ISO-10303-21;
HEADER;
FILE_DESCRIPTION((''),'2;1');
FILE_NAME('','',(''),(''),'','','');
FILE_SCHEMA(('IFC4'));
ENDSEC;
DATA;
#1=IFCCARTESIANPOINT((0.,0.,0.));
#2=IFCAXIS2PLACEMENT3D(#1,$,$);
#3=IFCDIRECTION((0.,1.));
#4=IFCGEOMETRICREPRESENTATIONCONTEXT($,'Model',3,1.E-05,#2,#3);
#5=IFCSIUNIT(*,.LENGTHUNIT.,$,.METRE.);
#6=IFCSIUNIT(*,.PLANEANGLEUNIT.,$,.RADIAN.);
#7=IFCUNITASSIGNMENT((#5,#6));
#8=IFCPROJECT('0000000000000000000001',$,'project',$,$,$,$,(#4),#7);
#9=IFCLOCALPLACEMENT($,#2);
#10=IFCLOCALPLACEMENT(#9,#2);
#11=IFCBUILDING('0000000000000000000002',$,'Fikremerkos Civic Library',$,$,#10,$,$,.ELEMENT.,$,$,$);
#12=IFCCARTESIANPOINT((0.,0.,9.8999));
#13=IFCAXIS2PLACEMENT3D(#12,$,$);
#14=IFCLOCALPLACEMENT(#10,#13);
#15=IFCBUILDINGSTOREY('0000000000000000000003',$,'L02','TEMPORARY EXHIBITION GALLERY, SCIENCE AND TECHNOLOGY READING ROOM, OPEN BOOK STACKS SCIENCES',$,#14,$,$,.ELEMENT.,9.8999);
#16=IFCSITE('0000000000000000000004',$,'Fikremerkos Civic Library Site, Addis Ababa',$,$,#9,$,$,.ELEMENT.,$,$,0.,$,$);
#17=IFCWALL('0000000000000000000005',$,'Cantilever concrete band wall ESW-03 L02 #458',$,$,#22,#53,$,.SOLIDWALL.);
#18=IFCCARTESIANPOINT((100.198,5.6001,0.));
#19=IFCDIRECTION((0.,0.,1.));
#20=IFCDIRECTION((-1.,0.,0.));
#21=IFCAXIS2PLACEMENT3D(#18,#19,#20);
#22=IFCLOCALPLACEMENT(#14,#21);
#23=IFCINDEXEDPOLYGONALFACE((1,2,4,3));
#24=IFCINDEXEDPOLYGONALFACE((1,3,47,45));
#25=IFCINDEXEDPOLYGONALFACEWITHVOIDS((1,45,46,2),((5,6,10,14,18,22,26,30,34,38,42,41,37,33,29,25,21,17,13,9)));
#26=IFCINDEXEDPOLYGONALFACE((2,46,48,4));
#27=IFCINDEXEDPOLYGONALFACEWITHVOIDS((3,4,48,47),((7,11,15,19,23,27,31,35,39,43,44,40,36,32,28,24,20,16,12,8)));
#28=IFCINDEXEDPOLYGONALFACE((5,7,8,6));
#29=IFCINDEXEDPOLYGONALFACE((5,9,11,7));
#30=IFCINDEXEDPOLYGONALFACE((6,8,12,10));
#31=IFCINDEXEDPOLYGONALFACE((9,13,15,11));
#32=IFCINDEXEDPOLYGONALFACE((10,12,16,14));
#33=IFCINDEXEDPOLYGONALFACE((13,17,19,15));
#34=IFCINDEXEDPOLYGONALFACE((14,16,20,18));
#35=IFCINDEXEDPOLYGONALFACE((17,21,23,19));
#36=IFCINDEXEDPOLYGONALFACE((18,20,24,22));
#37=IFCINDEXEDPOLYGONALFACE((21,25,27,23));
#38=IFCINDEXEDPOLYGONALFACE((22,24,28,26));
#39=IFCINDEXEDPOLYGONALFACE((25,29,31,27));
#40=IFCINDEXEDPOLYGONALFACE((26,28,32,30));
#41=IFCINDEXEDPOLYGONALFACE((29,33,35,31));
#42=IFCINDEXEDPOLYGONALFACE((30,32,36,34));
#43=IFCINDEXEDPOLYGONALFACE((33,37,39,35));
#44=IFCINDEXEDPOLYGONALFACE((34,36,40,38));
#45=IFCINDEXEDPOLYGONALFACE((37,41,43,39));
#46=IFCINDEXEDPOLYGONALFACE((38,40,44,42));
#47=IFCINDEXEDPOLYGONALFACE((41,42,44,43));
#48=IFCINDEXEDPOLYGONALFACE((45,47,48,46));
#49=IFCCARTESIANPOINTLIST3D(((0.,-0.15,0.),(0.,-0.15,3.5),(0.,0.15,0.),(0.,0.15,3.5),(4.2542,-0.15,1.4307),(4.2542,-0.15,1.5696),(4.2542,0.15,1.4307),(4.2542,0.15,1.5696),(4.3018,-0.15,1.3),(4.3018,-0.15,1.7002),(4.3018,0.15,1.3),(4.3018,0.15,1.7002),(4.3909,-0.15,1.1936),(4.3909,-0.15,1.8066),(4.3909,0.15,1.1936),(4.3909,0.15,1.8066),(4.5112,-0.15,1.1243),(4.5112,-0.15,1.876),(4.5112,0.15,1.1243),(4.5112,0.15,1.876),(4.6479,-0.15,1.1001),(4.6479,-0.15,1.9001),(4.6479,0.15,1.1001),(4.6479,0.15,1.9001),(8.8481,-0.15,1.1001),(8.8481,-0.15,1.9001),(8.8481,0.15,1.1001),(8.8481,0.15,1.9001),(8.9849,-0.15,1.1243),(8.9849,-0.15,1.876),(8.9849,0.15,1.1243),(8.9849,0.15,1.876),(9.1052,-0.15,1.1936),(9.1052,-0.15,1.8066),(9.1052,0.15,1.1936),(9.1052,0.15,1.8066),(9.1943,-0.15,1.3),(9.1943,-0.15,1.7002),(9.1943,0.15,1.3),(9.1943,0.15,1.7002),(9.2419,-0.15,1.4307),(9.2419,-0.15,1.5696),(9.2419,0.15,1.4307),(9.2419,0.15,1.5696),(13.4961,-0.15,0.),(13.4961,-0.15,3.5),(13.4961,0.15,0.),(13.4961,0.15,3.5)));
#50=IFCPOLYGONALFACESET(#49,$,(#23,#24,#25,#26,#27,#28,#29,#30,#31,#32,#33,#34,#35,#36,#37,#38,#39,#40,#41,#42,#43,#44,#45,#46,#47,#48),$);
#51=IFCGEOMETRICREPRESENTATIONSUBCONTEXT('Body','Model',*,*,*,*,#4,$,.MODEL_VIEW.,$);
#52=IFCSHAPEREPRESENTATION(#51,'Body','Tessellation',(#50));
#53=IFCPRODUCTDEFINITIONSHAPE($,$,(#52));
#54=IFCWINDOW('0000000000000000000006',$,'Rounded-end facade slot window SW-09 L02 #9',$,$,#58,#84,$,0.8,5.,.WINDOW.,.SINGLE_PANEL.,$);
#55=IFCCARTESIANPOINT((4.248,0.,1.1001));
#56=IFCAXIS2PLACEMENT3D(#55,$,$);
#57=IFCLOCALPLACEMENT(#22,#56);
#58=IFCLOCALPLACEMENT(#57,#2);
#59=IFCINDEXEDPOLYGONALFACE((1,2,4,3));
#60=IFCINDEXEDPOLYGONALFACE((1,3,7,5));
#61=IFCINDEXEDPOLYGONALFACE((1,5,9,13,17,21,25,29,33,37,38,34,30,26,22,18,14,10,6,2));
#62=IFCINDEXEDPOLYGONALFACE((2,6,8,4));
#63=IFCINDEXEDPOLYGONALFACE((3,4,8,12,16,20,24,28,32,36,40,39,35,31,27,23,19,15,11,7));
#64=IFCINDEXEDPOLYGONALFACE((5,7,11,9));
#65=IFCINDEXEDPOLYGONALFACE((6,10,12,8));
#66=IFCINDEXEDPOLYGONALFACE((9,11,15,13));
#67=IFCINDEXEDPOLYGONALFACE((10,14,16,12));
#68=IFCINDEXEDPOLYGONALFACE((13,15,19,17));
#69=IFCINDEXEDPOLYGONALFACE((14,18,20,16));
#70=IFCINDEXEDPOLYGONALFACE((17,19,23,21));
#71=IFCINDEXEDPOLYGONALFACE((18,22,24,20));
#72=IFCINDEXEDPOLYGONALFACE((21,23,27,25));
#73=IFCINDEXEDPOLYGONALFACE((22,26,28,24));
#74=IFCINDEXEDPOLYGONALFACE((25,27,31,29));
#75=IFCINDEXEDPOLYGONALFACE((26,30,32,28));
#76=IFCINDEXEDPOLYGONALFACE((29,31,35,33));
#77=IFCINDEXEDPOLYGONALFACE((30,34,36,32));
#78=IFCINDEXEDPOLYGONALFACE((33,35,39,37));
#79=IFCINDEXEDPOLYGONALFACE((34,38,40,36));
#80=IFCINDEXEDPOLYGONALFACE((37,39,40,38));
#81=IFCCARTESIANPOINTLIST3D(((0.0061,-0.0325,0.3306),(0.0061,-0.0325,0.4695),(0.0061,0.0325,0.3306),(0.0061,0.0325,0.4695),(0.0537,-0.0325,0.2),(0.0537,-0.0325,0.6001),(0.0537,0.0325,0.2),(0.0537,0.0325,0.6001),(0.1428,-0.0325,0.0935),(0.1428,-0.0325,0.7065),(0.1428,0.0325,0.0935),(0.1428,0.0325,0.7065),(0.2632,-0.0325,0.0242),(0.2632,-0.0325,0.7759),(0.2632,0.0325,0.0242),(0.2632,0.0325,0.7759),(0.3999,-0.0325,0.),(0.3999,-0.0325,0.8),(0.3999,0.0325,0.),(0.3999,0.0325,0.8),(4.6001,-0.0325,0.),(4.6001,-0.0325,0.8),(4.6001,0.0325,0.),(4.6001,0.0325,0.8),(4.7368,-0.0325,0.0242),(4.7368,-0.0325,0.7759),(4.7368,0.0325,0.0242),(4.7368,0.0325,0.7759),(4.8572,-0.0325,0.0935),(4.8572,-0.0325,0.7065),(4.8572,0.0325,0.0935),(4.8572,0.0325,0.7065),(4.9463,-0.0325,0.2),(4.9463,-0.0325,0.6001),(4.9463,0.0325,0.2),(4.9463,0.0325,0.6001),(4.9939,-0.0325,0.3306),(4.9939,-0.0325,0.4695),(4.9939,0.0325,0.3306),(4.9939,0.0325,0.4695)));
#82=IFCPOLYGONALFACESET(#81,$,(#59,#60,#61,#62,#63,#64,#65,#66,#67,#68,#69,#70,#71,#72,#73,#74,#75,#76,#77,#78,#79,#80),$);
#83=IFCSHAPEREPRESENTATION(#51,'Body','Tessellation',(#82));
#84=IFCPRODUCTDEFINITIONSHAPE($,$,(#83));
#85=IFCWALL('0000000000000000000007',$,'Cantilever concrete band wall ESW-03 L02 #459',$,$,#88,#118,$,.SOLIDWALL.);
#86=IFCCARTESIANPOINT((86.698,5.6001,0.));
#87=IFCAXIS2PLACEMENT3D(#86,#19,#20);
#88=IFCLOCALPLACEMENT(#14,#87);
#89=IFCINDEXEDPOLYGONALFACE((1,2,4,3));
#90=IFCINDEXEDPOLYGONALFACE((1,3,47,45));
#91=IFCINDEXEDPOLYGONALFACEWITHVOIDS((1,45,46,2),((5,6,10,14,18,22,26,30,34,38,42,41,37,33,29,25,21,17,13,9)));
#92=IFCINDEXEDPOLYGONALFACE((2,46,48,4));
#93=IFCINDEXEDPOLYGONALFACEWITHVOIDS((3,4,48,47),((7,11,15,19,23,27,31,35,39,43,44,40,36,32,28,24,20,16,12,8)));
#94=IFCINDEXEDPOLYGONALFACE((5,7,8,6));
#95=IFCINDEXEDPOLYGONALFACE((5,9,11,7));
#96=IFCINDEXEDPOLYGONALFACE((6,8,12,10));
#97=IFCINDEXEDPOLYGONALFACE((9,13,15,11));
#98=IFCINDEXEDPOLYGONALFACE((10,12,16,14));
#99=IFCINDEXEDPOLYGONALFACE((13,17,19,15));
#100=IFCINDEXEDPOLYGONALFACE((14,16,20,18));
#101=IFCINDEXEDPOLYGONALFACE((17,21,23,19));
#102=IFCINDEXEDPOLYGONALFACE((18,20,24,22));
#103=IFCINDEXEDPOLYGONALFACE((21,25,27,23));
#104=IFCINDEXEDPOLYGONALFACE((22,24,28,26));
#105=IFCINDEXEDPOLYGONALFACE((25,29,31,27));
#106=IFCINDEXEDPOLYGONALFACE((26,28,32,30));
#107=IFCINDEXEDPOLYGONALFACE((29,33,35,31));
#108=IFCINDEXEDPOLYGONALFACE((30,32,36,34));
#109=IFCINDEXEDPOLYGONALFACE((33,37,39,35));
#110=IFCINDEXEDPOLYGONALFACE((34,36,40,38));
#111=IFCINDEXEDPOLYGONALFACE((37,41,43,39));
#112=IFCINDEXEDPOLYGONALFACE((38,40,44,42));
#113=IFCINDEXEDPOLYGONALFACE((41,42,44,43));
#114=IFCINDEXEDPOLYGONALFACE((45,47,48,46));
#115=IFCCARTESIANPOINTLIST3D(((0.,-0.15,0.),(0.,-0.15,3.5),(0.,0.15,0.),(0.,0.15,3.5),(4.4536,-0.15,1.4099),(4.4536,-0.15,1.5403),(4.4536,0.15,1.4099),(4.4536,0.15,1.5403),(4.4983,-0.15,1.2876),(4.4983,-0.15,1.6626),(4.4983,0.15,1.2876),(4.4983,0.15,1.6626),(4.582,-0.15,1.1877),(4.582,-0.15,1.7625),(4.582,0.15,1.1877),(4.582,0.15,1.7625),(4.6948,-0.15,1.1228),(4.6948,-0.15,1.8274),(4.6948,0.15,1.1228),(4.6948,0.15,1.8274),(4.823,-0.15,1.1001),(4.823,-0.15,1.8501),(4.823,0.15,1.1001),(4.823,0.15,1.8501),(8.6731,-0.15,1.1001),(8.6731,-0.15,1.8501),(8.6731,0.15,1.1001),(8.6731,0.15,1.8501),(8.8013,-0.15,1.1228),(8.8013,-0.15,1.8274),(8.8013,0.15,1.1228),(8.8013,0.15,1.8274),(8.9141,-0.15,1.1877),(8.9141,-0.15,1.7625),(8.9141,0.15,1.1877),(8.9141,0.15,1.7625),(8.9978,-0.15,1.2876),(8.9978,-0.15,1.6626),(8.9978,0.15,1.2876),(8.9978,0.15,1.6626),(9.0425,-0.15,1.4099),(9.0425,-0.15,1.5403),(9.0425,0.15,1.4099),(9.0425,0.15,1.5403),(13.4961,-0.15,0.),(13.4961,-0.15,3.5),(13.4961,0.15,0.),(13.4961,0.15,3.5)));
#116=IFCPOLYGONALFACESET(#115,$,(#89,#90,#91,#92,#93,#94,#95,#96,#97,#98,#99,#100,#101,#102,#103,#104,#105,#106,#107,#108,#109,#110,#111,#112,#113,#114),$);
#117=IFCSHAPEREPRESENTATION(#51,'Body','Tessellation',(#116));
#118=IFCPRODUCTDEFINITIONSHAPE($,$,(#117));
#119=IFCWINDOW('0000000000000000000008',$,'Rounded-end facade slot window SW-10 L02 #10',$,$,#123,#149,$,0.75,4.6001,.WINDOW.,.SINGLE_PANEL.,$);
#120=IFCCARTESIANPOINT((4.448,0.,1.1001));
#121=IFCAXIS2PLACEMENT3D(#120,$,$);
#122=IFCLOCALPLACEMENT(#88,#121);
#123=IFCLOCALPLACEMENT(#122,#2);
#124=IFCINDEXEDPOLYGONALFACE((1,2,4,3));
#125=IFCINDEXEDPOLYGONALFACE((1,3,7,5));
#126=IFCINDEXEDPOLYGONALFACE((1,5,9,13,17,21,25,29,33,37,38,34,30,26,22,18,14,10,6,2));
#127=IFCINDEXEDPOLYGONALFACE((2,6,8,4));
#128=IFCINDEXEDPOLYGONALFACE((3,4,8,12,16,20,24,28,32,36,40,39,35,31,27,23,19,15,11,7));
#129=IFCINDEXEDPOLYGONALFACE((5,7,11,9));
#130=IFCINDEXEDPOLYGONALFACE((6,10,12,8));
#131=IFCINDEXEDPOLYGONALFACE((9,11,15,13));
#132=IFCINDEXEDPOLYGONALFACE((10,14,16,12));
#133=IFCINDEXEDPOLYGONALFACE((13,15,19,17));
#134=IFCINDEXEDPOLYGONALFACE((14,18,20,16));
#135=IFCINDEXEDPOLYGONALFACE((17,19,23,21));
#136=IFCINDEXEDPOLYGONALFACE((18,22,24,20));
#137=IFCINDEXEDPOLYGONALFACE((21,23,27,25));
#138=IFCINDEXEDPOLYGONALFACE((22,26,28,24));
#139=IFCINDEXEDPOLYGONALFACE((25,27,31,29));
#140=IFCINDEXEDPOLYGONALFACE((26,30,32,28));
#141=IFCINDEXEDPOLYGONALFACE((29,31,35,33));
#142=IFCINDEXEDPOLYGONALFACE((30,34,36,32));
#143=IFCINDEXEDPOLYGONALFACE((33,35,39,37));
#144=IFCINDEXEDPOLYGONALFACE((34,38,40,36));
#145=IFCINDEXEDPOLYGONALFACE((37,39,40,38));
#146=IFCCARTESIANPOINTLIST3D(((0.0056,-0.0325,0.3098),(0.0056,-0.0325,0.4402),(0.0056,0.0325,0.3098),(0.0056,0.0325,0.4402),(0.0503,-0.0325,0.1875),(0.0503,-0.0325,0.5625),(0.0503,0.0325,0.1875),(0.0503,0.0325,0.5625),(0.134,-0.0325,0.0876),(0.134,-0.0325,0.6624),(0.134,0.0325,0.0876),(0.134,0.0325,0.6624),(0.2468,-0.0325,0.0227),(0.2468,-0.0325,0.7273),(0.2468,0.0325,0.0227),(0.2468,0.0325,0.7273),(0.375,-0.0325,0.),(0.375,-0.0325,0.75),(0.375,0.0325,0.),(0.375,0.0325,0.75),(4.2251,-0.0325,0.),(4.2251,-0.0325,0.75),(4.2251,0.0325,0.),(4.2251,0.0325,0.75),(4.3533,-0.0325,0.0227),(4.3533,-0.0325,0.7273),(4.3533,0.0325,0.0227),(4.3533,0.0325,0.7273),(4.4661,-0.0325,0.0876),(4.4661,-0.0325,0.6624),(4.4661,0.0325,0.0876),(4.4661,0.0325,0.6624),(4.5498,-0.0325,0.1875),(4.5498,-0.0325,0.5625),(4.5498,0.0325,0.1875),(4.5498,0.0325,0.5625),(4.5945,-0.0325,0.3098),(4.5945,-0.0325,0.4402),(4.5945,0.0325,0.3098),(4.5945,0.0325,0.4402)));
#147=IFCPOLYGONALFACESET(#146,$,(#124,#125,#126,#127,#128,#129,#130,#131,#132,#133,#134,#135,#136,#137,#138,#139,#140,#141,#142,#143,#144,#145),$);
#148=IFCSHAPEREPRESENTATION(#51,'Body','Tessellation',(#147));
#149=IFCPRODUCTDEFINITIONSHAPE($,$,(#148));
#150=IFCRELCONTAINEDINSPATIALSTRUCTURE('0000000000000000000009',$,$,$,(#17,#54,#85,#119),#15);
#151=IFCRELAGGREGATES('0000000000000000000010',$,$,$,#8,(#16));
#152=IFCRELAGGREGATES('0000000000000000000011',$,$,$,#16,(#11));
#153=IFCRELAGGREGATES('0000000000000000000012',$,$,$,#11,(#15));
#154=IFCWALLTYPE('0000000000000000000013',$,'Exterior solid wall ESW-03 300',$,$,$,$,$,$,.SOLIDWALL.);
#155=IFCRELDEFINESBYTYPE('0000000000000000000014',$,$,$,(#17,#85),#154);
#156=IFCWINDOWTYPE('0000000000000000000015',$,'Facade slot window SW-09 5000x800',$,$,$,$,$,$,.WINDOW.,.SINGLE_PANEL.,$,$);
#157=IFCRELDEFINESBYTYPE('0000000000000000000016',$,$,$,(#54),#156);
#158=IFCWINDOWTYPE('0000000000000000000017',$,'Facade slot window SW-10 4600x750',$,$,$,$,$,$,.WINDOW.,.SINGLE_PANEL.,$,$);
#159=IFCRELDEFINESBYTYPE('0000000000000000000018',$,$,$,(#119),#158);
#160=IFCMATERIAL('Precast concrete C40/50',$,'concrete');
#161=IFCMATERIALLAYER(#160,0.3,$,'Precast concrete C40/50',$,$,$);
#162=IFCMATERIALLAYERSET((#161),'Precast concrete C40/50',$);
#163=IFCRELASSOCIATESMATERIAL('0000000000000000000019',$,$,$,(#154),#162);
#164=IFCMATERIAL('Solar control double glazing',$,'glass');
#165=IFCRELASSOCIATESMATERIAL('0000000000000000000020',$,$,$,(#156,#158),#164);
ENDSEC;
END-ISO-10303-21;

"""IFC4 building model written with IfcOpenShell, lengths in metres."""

from ifc_helpers import new_model, si_unit, direction, frame, frame_2d, origin, place, context, subcontext, project, spatial, polyline, rectangle, outline, extrude, material, layer, layer_set, type_object, element, fill, save


model = new_model("IFC4")

# Units and contexts
model_context = context("Model", 3, precision=1e-05, world=origin(), true_north=direction((0.0, 1.0)))
body_context = subcontext(model_context, "Body", "Model", "MODEL_VIEW")
ifc_project = project(units=[si_unit("LENGTHUNIT", "METRE"), si_unit("PLANEANGLEUNIT", "RADIAN")], contexts=[model_context])

# Site, building, storey
site_placement = place(None, origin())
site = spatial("IfcSite", under=ifc_project, at=site_placement, Name="Fikremerkos Civic Library Site, Addis Ababa", CompositionType="ELEMENT", RefElevation=0.0)
building_placement = place(site_placement, origin())
building = spatial("IfcBuilding", under=site, at=building_placement, Name="Fikremerkos Civic Library", CompositionType="ELEMENT")
storey_placement = place(building_placement, frame((0.0, 0.0, 9.8999)))
storey = spatial("IfcBuildingStorey", under=building, at=storey_placement, Name="L02", Description="TEMPORARY EXHIBITION GALLERY, SCIENCE AND TECHNOLOGY READING ROOM, OPEN BOOK STACKS SCIENCES", CompositionType="ELEMENT", Elevation=9.8999)

# Walls, openings, windows
ifc_material_1 = material(Name="Precast concrete C40/50", Category="concrete")
ifc_layer_1 = layer(ifc_material_1, 0.3, Name="Precast concrete C40/50")
ifc_layer_set_1 = layer_set([ifc_layer_1], Name="Precast concrete C40/50")
wall_type_1 = type_object("IfcWallType", Name="Exterior solid wall ESW-03 300", PredefinedType="SOLIDWALL", material=ifc_layer_set_1)
wall_1_placement = place(storey_placement, frame((100.198, 5.6001, 0.0), z_axis=(0.0, 0.0, 1.0), x_axis=(-1.0, 0.0, 0.0)))
wall_1 = element("IfcWall", 1, at=wall_1_placement, inside=storey, type_object=wall_type_1, Name="Cantilever concrete band wall ESW-03 L02 #458", PredefinedType="SOLIDWALL", context=body_context, shape_type="SweptSolid", body=[
    extrude(rectangle(XDim=13.4961, YDim=0.3, at=frame_2d((6.748, 0.0))), origin(), (0.0, 0.0, 1.0), 3.5),
])
opening_1_placement = place(wall_1_placement, frame((4.248, 0.0, 1.1001)))
opening_1 = element("IfcOpeningElement", 2, at=opening_1_placement, cuts=wall_1, PredefinedType="OPENING", context=body_context, shape_type="SweptSolid", body=[
    extrude(outline(polyline([(0.3999, 0.8), (0.2632, 0.7759), (0.1428, 0.7065), (0.0537, 0.6001), (0.0061, 0.4695), (0.0061, 0.3306), (0.0537, 0.2), (0.1428, 0.0935), (0.2632, 0.0242), (0.3999, 0.0), (4.6001, 0.0), (4.7368, 0.0242), (4.8572, 0.0935), (4.9463, 0.2), (4.9939, 0.3306), (4.9939, 0.4695), (4.9463, 0.6001), (4.8572, 0.7065), (4.7368, 0.7759), (4.6001, 0.8), (0.3999, 0.8)])), frame((0.0, 0.1599, 0.0), z_axis=(0.0, -1.0, 0.0), x_axis=(1.0, 0.0, 0.0)), (0.0, 0.0, 1.0), 0.3201),
])
ifc_material_2 = material(Name="Solar control double glazing", Category="glass")
window_type_1 = type_object("IfcWindowType", Name="Facade slot window SW-09 5000x800", PartitioningType="SINGLE_PANEL", PredefinedType="WINDOW", material=ifc_material_2)
window_1_placement = place(opening_1_placement, origin())
window_1 = element("IfcWindow", 3, at=window_1_placement, inside=storey, type_object=window_type_1, Name="Rounded-end facade slot window SW-09 L02 #9", OverallHeight=0.8, OverallWidth=5.0, PartitioningType="SINGLE_PANEL", PredefinedType="WINDOW", context=body_context, shape_type="SweptSolid", body=[
    extrude(outline(polyline([(0.3999, 0.8), (0.2632, 0.7759), (0.1428, 0.7065), (0.0537, 0.6001), (0.0061, 0.4695), (0.0061, 0.3306), (0.0537, 0.2), (0.1428, 0.0935), (0.2632, 0.0242), (0.3999, 0.0), (4.6001, 0.0), (4.7368, 0.0242), (4.8572, 0.0935), (4.9463, 0.2), (4.9939, 0.3306), (4.9939, 0.4695), (4.9463, 0.6001), (4.8572, 0.7065), (4.7368, 0.7759), (4.6001, 0.8), (0.3999, 0.8)])), frame((0.0, 0.0325, 0.0), z_axis=(0.0, -1.0, 0.0), x_axis=(1.0, 0.0, 0.0)), (0.0, 0.0, 1.0), 0.0649),
])
fill(opening_1, window_1)
wall_2_placement = place(storey_placement, frame((86.698, 5.6001, 0.0), z_axis=(0.0, 0.0, 1.0), x_axis=(-1.0, 0.0, 0.0)))
wall_2 = element("IfcWall", 4, at=wall_2_placement, inside=storey, type_object=wall_type_1, Name="Cantilever concrete band wall ESW-03 L02 #459", PredefinedType="SOLIDWALL", context=body_context, shape_type="SweptSolid", body=[
    extrude(rectangle(XDim=13.4961, YDim=0.3, at=frame_2d((6.748, 0.0))), origin(), (0.0, 0.0, 1.0), 3.5),
])
opening_2_placement = place(wall_2_placement, frame((4.448, 0.0, 1.1001)))
opening_2 = element("IfcOpeningElement", 5, at=opening_2_placement, cuts=wall_2, PredefinedType="OPENING", context=body_context, shape_type="SweptSolid", body=[
    extrude(outline(polyline([(0.375, 0.75), (0.2468, 0.7273), (0.134, 0.6624), (0.0503, 0.5625), (0.0056, 0.4402), (0.0056, 0.3098), (0.0503, 0.1875), (0.134, 0.0876), (0.2468, 0.0227), (0.375, 0.0), (4.2251, 0.0), (4.3533, 0.0227), (4.4661, 0.0876), (4.5498, 0.1875), (4.5945, 0.3098), (4.5945, 0.4402), (4.5498, 0.5625), (4.4661, 0.6624), (4.3533, 0.7273), (4.2251, 0.75), (0.375, 0.75)])), frame((0.0, 0.1599, 0.0), z_axis=(0.0, -1.0, 0.0), x_axis=(1.0, 0.0, 0.0)), (0.0, 0.0, 1.0), 0.3201),
])
window_type_2 = type_object("IfcWindowType", Name="Facade slot window SW-10 4600x750", PartitioningType="SINGLE_PANEL", PredefinedType="WINDOW", material=ifc_material_2)
window_2_placement = place(opening_2_placement, origin())
window_2 = element("IfcWindow", 6, at=window_2_placement, inside=storey, type_object=window_type_2, Name="Rounded-end facade slot window SW-10 L02 #10", OverallHeight=0.75, OverallWidth=4.6001, PartitioningType="SINGLE_PANEL", PredefinedType="WINDOW", context=body_context, shape_type="SweptSolid", body=[
    extrude(outline(polyline([(0.375, 0.75), (0.2468, 0.7273), (0.134, 0.6624), (0.0503, 0.5625), (0.0056, 0.4402), (0.0056, 0.3098), (0.0503, 0.1875), (0.134, 0.0876), (0.2468, 0.0227), (0.375, 0.0), (4.2251, 0.0), (4.3533, 0.0227), (4.4661, 0.0876), (4.5498, 0.1875), (4.5945, 0.3098), (4.5945, 0.4402), (4.5498, 0.5625), (4.4661, 0.6624), (4.3533, 0.7273), (4.2251, 0.75), (0.375, 0.75)])), frame((0.0, 0.0325, 0.0), z_axis=(0.0, -1.0, 0.0), x_axis=(1.0, 0.0, 0.0)), (0.0, 0.0, 1.0), 0.0649),
])
fill(opening_2, window_2)

save(model, "model.ifc")
